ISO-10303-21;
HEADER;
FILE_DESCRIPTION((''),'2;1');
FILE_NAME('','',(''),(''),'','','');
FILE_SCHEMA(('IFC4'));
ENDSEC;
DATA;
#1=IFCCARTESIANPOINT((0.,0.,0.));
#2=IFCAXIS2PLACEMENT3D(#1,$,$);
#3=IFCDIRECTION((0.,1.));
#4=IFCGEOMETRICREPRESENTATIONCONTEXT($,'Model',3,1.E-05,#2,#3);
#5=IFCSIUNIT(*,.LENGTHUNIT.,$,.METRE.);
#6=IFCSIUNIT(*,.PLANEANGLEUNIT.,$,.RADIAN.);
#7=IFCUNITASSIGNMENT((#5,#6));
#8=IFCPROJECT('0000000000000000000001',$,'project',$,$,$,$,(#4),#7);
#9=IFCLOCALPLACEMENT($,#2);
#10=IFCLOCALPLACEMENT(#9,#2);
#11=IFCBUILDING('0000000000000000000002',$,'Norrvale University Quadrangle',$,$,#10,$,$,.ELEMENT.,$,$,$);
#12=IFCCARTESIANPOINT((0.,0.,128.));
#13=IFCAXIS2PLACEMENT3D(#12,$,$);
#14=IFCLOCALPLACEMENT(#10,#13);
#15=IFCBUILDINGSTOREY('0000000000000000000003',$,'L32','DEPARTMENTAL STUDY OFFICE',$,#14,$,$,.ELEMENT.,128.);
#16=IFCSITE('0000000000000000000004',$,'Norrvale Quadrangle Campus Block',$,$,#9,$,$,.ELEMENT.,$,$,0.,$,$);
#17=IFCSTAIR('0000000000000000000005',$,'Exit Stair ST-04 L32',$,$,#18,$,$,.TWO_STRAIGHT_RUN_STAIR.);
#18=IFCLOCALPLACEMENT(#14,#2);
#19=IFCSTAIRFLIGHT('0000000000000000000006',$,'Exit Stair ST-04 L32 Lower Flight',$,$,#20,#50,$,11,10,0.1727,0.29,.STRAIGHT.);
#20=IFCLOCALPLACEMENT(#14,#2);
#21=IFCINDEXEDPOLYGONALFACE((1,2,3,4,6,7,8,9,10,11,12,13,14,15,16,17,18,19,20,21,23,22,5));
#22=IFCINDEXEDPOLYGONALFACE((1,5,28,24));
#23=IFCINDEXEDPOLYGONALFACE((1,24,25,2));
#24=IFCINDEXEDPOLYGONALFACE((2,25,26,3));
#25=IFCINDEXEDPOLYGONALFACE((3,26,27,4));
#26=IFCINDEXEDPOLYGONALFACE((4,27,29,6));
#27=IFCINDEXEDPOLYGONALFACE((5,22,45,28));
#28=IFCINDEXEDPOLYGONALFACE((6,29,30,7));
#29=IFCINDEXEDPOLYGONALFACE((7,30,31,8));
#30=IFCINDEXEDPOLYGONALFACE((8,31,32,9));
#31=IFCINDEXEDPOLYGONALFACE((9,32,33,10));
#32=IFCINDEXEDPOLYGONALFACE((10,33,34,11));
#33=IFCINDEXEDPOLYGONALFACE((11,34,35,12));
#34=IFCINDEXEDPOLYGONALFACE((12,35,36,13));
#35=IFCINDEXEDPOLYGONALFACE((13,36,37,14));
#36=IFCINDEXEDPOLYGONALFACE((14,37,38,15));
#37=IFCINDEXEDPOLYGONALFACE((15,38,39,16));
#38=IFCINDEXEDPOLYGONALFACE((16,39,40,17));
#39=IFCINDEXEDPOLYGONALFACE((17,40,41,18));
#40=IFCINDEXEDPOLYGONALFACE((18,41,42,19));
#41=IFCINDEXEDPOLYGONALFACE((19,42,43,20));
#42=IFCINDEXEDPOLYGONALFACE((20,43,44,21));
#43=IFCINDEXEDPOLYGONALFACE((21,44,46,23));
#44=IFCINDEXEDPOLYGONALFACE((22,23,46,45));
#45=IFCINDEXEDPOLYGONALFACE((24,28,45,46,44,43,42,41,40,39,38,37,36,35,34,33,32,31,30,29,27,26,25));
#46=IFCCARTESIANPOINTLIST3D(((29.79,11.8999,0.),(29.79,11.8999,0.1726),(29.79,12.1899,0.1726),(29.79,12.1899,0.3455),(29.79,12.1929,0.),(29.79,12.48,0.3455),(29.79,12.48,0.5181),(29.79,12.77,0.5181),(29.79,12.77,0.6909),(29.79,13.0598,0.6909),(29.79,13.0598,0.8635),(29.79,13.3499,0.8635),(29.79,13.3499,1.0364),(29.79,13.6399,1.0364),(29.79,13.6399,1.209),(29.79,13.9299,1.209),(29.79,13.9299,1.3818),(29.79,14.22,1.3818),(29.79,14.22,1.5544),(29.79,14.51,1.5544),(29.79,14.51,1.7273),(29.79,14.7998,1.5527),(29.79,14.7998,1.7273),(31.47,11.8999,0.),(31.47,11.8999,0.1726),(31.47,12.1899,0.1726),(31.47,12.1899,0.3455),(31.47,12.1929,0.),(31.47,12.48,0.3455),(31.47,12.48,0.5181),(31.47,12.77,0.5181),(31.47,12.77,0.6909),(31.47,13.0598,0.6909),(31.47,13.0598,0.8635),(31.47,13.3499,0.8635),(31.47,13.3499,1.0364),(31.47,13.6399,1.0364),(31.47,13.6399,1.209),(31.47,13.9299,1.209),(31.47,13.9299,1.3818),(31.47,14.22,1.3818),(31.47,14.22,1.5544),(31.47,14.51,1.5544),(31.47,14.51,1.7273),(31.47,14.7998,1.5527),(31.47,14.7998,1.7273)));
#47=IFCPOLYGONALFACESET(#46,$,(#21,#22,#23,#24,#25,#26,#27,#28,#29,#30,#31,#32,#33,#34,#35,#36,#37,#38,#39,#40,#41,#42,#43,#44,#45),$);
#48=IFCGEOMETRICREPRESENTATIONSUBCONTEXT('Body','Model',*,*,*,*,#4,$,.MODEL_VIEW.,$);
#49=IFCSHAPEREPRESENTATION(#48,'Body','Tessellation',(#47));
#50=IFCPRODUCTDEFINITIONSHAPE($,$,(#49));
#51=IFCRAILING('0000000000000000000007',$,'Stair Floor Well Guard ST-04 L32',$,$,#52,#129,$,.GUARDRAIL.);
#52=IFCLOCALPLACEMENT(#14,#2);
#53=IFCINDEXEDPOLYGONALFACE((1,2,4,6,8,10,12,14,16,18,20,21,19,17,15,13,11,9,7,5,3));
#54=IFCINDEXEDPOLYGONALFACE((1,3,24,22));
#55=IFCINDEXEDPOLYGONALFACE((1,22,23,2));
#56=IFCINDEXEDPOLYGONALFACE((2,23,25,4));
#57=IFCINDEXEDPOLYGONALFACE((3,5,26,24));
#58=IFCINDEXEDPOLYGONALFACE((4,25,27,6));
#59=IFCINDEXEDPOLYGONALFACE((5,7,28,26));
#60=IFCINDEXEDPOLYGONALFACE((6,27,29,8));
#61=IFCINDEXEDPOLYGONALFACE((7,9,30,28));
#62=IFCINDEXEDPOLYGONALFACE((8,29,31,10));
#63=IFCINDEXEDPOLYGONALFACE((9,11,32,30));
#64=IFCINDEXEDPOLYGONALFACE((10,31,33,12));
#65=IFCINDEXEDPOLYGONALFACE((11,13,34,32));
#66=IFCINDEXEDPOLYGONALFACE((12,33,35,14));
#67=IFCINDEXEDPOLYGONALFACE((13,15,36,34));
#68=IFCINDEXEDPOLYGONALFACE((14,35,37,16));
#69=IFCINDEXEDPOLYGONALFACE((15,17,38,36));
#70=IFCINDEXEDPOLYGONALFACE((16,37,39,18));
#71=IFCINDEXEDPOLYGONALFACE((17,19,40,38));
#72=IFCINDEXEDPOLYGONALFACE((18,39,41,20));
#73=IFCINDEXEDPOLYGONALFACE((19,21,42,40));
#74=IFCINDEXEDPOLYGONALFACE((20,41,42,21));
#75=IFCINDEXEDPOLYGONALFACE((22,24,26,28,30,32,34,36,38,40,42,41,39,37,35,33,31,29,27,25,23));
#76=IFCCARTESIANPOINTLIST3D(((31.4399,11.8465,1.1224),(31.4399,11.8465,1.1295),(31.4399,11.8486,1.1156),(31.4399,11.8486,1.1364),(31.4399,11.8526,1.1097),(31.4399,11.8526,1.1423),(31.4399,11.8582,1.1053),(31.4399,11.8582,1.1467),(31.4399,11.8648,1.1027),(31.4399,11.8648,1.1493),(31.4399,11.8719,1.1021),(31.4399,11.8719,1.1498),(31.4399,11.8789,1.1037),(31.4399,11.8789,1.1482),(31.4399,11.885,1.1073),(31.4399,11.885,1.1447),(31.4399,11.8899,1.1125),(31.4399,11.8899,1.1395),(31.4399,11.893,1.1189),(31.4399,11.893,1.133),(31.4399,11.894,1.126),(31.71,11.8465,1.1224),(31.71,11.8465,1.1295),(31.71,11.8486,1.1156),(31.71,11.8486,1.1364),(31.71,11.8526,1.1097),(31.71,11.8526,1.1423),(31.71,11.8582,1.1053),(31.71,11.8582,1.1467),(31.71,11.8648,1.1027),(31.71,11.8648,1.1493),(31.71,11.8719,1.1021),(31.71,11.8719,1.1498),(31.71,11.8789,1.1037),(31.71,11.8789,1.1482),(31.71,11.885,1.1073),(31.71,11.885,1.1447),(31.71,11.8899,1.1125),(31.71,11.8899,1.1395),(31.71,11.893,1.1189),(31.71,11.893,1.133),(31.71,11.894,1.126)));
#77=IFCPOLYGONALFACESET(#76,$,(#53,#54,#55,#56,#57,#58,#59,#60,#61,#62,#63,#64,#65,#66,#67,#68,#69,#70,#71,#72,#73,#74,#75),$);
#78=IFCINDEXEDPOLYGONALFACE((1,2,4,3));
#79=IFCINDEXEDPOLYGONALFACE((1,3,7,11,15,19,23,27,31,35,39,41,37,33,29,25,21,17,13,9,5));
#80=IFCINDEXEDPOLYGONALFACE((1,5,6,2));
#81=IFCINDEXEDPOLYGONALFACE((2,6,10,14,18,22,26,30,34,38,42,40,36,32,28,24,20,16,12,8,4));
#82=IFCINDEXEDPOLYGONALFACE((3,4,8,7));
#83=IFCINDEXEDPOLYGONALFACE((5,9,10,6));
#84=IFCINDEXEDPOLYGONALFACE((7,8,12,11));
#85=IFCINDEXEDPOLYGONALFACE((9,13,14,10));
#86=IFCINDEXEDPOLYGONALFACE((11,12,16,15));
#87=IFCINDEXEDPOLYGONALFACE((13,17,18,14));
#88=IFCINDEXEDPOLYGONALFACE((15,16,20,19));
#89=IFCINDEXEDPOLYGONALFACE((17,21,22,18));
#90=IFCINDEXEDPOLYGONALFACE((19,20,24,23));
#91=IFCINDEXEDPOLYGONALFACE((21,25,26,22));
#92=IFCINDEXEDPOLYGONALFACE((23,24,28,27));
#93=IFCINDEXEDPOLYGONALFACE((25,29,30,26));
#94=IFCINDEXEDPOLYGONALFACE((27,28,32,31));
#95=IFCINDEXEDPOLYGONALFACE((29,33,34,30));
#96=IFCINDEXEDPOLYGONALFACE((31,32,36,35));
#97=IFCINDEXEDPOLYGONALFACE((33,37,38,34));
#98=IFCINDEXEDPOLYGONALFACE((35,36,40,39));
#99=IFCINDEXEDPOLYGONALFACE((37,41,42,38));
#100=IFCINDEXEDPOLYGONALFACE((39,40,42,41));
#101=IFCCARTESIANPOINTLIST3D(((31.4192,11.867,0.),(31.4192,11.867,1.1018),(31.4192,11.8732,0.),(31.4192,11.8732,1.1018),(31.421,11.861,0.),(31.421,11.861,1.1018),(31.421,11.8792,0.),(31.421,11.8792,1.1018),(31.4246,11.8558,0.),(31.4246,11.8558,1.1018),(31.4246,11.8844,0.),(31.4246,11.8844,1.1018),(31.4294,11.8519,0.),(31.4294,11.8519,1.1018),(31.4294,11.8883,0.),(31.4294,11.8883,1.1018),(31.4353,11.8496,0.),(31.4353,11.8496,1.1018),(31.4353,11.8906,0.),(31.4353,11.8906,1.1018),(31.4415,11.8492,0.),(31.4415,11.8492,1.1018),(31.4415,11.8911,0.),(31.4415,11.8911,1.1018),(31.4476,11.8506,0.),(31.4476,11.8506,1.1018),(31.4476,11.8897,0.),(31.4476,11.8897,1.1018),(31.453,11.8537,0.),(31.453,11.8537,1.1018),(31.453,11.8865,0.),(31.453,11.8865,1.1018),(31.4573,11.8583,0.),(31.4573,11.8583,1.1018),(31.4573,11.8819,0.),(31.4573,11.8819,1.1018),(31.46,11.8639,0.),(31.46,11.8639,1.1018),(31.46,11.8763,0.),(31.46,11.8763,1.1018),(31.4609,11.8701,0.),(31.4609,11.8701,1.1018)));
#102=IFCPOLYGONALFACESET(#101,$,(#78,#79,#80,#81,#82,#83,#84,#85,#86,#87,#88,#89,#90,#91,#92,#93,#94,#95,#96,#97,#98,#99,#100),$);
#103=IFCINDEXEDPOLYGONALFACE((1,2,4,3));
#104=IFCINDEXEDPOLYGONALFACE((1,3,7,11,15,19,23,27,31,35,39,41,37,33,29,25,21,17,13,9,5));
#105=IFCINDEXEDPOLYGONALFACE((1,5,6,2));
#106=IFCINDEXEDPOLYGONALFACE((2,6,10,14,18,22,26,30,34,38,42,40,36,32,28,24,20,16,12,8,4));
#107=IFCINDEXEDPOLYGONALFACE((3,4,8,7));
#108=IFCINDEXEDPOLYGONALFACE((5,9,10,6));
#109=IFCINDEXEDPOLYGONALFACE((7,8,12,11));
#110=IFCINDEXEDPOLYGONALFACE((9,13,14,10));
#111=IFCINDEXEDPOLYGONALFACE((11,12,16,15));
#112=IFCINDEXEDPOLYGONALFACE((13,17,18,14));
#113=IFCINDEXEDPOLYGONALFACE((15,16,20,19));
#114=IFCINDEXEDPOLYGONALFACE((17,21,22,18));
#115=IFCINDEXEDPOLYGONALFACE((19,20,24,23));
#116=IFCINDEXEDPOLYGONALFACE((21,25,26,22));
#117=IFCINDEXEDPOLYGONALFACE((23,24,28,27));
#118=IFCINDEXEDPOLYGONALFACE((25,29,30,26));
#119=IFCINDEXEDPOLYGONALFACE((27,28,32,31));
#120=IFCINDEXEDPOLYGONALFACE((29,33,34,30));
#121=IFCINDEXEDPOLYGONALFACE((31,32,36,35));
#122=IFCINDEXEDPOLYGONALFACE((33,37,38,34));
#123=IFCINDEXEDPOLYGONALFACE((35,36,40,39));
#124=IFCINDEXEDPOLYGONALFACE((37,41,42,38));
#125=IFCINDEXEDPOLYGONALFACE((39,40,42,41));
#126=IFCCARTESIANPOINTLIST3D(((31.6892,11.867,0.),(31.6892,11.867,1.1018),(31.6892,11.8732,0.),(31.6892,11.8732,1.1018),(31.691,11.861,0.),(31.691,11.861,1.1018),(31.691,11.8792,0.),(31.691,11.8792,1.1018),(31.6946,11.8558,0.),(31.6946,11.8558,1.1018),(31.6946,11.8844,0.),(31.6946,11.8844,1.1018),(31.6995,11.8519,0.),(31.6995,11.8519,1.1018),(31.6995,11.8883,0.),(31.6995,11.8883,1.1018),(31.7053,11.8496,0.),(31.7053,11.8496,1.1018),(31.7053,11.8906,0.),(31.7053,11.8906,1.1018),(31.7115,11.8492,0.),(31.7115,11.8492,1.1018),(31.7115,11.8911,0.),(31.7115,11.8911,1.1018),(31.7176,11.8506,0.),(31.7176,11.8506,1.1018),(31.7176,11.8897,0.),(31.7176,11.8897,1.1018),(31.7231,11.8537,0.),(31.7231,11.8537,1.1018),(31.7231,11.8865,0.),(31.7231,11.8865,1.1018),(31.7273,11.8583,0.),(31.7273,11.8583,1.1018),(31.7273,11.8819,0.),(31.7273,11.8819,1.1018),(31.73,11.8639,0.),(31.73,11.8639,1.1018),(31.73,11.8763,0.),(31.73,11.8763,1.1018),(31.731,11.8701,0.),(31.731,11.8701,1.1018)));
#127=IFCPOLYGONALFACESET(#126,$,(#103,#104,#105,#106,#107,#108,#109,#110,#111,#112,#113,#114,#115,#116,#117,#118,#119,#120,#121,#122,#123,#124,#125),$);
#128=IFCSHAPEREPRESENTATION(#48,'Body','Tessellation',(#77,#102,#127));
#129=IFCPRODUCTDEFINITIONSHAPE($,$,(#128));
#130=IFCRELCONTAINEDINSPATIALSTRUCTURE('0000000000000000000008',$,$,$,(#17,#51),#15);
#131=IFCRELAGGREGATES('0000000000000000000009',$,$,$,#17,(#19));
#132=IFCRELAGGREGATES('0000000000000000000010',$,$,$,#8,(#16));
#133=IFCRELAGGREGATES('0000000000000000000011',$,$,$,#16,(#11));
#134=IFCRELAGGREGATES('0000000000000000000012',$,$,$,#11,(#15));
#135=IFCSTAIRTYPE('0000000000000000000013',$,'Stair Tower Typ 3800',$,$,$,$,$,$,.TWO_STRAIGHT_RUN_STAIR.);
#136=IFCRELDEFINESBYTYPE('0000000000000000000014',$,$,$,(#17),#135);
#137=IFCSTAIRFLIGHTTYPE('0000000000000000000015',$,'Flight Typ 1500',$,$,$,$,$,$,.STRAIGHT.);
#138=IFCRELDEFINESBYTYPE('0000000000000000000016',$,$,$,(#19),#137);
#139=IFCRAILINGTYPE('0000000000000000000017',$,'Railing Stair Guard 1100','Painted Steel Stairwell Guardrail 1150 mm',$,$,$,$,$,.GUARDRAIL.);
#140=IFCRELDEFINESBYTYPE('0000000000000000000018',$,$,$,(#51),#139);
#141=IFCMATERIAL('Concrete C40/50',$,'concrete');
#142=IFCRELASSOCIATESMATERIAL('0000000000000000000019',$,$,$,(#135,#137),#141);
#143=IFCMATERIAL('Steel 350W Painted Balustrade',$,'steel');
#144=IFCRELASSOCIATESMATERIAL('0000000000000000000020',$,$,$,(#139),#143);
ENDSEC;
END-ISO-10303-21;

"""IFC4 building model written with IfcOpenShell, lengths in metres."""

from ifc_helpers import new_model, si_unit, direction, frame, origin, origin_2d, place, context, subcontext, project, spatial, polyline, circle, outline, extrude, material, type_object, element, aggregate, save


model = new_model("IFC4")

# Units and contexts
model_context = context("Model", 3, precision=1e-05, world=origin(), true_north=direction((0.0, 1.0)))
body_context = subcontext(model_context, "Body", "Model", "MODEL_VIEW")
ifc_project = project(units=[si_unit("LENGTHUNIT", "METRE"), si_unit("PLANEANGLEUNIT", "RADIAN")], contexts=[model_context])

# Site, building, storey
site_placement = place(None, origin())
site = spatial("IfcSite", under=ifc_project, at=site_placement, Name="Norrvale Quadrangle Campus Block", CompositionType="ELEMENT", RefElevation=0.0)
building_placement = place(site_placement, origin())
building = spatial("IfcBuilding", under=site, at=building_placement, Name="Norrvale University Quadrangle", CompositionType="ELEMENT")
storey_placement = place(building_placement, frame((0.0, 0.0, 128.0)))
storey = spatial("IfcBuildingStorey", under=building, at=storey_placement, Name="L32", Description="DEPARTMENTAL STUDY OFFICE", CompositionType="ELEMENT", Elevation=128.0)

# Stair, stair flight
ifc_material_1 = material(Name="Concrete C40/50", Category="concrete")
stair_type = type_object("IfcStairType", Name="Stair Tower Typ 3800", PredefinedType="TWO_STRAIGHT_RUN_STAIR", material=ifc_material_1)
stair_flight_type = type_object("IfcStairFlightType", Name="Flight Typ 1500", PredefinedType="STRAIGHT", material=ifc_material_1)
stair_1_placement = place(storey_placement, origin())
stair_1 = element("IfcStair", 1, at=stair_1_placement, inside=storey, type_object=stair_type, Name="Exit Stair ST-04 L32", PredefinedType="TWO_STRAIGHT_RUN_STAIR")
stair_flight_1_placement = place(storey_placement, frame((30.6299, 11.8999, 0.0), z_axis=(0.0, 0.0, 1.0), x_axis=(0.0, 1.0, 0.0)))
stair_flight_1 = element("IfcStairFlight", 2, at=stair_flight_1_placement, type_object=stair_flight_type, Name="Exit Stair ST-04 L32 Lower Flight", NumberOfRisers=11, NumberOfTreads=10, PredefinedType="STRAIGHT", RiserHeight=0.1727, TreadLength=0.29, context=body_context, shape_type="SweptSolid", body=[
    extrude(outline(polyline([(0.0, 0.0), (0.0, 0.1726), (0.29, 0.1726), (0.29, 0.3455), (0.5801, 0.3455), (0.5801, 0.5181), (0.8701, 0.5181), (0.8701, 0.6909), (1.1599, 0.6909), (1.1599, 0.8635), (1.45, 0.8635), (1.45, 1.0364), (1.74, 1.0364), (1.74, 1.209), (2.03, 1.209), (2.03, 1.3818), (2.3201, 1.3818), (2.3201, 1.5544), (2.6101, 1.5544), (2.6101, 1.7273), (2.8999, 1.7273), (2.8999, 1.8999), (2.8999, 1.5527), (0.293, 0.0), (0.0, 0.0)])), frame((0.0, 0.8398, 0.0), z_axis=(0.0, -1.0, 0.0), x_axis=(1.0, 0.0, 0.0)), (0.0, 0.0, 1.0), 1.6799),
])
aggregate(stair_1, [stair_flight_1])

# Railing
ifc_material_2 = material(Name="Steel 350W Painted Balustrade", Category="steel")
railing_type_1 = type_object("IfcRailingType", Name="Railing Stair Guard 1100", Description="Painted Steel Stairwell Guardrail 1150 mm", PredefinedType="GUARDRAIL", material=ifc_material_2)
railing_1_placement = place(storey_placement, frame((31.4399, 11.8701, 0.0)))
element("IfcRailing", 3, at=railing_1_placement, inside=storey, type_object=railing_type_1, Name="Stair Floor Well Guard ST-04 L32", PredefinedType="GUARDRAIL", context=body_context, shape_type="SweptSolid", body=[
    extrude(circle(Radius=0.0239, at=origin_2d()), frame((0.0, 0.0, 1.126), z_axis=(1.0, 0.0, 0.0), x_axis=(0.0, 1.0, 0.0)), (0.0, 0.0, 1.0), 0.27),
    extrude(circle(Radius=0.021, at=origin_2d()), origin(), (0.0, 0.0, 1.0), 1.1018),
    extrude(circle(Radius=0.021, at=origin_2d()), frame((0.27, 0.0, 0.0)), (0.0, 0.0, 1.0), 1.1018),
])

save(model, "model.ifc")
